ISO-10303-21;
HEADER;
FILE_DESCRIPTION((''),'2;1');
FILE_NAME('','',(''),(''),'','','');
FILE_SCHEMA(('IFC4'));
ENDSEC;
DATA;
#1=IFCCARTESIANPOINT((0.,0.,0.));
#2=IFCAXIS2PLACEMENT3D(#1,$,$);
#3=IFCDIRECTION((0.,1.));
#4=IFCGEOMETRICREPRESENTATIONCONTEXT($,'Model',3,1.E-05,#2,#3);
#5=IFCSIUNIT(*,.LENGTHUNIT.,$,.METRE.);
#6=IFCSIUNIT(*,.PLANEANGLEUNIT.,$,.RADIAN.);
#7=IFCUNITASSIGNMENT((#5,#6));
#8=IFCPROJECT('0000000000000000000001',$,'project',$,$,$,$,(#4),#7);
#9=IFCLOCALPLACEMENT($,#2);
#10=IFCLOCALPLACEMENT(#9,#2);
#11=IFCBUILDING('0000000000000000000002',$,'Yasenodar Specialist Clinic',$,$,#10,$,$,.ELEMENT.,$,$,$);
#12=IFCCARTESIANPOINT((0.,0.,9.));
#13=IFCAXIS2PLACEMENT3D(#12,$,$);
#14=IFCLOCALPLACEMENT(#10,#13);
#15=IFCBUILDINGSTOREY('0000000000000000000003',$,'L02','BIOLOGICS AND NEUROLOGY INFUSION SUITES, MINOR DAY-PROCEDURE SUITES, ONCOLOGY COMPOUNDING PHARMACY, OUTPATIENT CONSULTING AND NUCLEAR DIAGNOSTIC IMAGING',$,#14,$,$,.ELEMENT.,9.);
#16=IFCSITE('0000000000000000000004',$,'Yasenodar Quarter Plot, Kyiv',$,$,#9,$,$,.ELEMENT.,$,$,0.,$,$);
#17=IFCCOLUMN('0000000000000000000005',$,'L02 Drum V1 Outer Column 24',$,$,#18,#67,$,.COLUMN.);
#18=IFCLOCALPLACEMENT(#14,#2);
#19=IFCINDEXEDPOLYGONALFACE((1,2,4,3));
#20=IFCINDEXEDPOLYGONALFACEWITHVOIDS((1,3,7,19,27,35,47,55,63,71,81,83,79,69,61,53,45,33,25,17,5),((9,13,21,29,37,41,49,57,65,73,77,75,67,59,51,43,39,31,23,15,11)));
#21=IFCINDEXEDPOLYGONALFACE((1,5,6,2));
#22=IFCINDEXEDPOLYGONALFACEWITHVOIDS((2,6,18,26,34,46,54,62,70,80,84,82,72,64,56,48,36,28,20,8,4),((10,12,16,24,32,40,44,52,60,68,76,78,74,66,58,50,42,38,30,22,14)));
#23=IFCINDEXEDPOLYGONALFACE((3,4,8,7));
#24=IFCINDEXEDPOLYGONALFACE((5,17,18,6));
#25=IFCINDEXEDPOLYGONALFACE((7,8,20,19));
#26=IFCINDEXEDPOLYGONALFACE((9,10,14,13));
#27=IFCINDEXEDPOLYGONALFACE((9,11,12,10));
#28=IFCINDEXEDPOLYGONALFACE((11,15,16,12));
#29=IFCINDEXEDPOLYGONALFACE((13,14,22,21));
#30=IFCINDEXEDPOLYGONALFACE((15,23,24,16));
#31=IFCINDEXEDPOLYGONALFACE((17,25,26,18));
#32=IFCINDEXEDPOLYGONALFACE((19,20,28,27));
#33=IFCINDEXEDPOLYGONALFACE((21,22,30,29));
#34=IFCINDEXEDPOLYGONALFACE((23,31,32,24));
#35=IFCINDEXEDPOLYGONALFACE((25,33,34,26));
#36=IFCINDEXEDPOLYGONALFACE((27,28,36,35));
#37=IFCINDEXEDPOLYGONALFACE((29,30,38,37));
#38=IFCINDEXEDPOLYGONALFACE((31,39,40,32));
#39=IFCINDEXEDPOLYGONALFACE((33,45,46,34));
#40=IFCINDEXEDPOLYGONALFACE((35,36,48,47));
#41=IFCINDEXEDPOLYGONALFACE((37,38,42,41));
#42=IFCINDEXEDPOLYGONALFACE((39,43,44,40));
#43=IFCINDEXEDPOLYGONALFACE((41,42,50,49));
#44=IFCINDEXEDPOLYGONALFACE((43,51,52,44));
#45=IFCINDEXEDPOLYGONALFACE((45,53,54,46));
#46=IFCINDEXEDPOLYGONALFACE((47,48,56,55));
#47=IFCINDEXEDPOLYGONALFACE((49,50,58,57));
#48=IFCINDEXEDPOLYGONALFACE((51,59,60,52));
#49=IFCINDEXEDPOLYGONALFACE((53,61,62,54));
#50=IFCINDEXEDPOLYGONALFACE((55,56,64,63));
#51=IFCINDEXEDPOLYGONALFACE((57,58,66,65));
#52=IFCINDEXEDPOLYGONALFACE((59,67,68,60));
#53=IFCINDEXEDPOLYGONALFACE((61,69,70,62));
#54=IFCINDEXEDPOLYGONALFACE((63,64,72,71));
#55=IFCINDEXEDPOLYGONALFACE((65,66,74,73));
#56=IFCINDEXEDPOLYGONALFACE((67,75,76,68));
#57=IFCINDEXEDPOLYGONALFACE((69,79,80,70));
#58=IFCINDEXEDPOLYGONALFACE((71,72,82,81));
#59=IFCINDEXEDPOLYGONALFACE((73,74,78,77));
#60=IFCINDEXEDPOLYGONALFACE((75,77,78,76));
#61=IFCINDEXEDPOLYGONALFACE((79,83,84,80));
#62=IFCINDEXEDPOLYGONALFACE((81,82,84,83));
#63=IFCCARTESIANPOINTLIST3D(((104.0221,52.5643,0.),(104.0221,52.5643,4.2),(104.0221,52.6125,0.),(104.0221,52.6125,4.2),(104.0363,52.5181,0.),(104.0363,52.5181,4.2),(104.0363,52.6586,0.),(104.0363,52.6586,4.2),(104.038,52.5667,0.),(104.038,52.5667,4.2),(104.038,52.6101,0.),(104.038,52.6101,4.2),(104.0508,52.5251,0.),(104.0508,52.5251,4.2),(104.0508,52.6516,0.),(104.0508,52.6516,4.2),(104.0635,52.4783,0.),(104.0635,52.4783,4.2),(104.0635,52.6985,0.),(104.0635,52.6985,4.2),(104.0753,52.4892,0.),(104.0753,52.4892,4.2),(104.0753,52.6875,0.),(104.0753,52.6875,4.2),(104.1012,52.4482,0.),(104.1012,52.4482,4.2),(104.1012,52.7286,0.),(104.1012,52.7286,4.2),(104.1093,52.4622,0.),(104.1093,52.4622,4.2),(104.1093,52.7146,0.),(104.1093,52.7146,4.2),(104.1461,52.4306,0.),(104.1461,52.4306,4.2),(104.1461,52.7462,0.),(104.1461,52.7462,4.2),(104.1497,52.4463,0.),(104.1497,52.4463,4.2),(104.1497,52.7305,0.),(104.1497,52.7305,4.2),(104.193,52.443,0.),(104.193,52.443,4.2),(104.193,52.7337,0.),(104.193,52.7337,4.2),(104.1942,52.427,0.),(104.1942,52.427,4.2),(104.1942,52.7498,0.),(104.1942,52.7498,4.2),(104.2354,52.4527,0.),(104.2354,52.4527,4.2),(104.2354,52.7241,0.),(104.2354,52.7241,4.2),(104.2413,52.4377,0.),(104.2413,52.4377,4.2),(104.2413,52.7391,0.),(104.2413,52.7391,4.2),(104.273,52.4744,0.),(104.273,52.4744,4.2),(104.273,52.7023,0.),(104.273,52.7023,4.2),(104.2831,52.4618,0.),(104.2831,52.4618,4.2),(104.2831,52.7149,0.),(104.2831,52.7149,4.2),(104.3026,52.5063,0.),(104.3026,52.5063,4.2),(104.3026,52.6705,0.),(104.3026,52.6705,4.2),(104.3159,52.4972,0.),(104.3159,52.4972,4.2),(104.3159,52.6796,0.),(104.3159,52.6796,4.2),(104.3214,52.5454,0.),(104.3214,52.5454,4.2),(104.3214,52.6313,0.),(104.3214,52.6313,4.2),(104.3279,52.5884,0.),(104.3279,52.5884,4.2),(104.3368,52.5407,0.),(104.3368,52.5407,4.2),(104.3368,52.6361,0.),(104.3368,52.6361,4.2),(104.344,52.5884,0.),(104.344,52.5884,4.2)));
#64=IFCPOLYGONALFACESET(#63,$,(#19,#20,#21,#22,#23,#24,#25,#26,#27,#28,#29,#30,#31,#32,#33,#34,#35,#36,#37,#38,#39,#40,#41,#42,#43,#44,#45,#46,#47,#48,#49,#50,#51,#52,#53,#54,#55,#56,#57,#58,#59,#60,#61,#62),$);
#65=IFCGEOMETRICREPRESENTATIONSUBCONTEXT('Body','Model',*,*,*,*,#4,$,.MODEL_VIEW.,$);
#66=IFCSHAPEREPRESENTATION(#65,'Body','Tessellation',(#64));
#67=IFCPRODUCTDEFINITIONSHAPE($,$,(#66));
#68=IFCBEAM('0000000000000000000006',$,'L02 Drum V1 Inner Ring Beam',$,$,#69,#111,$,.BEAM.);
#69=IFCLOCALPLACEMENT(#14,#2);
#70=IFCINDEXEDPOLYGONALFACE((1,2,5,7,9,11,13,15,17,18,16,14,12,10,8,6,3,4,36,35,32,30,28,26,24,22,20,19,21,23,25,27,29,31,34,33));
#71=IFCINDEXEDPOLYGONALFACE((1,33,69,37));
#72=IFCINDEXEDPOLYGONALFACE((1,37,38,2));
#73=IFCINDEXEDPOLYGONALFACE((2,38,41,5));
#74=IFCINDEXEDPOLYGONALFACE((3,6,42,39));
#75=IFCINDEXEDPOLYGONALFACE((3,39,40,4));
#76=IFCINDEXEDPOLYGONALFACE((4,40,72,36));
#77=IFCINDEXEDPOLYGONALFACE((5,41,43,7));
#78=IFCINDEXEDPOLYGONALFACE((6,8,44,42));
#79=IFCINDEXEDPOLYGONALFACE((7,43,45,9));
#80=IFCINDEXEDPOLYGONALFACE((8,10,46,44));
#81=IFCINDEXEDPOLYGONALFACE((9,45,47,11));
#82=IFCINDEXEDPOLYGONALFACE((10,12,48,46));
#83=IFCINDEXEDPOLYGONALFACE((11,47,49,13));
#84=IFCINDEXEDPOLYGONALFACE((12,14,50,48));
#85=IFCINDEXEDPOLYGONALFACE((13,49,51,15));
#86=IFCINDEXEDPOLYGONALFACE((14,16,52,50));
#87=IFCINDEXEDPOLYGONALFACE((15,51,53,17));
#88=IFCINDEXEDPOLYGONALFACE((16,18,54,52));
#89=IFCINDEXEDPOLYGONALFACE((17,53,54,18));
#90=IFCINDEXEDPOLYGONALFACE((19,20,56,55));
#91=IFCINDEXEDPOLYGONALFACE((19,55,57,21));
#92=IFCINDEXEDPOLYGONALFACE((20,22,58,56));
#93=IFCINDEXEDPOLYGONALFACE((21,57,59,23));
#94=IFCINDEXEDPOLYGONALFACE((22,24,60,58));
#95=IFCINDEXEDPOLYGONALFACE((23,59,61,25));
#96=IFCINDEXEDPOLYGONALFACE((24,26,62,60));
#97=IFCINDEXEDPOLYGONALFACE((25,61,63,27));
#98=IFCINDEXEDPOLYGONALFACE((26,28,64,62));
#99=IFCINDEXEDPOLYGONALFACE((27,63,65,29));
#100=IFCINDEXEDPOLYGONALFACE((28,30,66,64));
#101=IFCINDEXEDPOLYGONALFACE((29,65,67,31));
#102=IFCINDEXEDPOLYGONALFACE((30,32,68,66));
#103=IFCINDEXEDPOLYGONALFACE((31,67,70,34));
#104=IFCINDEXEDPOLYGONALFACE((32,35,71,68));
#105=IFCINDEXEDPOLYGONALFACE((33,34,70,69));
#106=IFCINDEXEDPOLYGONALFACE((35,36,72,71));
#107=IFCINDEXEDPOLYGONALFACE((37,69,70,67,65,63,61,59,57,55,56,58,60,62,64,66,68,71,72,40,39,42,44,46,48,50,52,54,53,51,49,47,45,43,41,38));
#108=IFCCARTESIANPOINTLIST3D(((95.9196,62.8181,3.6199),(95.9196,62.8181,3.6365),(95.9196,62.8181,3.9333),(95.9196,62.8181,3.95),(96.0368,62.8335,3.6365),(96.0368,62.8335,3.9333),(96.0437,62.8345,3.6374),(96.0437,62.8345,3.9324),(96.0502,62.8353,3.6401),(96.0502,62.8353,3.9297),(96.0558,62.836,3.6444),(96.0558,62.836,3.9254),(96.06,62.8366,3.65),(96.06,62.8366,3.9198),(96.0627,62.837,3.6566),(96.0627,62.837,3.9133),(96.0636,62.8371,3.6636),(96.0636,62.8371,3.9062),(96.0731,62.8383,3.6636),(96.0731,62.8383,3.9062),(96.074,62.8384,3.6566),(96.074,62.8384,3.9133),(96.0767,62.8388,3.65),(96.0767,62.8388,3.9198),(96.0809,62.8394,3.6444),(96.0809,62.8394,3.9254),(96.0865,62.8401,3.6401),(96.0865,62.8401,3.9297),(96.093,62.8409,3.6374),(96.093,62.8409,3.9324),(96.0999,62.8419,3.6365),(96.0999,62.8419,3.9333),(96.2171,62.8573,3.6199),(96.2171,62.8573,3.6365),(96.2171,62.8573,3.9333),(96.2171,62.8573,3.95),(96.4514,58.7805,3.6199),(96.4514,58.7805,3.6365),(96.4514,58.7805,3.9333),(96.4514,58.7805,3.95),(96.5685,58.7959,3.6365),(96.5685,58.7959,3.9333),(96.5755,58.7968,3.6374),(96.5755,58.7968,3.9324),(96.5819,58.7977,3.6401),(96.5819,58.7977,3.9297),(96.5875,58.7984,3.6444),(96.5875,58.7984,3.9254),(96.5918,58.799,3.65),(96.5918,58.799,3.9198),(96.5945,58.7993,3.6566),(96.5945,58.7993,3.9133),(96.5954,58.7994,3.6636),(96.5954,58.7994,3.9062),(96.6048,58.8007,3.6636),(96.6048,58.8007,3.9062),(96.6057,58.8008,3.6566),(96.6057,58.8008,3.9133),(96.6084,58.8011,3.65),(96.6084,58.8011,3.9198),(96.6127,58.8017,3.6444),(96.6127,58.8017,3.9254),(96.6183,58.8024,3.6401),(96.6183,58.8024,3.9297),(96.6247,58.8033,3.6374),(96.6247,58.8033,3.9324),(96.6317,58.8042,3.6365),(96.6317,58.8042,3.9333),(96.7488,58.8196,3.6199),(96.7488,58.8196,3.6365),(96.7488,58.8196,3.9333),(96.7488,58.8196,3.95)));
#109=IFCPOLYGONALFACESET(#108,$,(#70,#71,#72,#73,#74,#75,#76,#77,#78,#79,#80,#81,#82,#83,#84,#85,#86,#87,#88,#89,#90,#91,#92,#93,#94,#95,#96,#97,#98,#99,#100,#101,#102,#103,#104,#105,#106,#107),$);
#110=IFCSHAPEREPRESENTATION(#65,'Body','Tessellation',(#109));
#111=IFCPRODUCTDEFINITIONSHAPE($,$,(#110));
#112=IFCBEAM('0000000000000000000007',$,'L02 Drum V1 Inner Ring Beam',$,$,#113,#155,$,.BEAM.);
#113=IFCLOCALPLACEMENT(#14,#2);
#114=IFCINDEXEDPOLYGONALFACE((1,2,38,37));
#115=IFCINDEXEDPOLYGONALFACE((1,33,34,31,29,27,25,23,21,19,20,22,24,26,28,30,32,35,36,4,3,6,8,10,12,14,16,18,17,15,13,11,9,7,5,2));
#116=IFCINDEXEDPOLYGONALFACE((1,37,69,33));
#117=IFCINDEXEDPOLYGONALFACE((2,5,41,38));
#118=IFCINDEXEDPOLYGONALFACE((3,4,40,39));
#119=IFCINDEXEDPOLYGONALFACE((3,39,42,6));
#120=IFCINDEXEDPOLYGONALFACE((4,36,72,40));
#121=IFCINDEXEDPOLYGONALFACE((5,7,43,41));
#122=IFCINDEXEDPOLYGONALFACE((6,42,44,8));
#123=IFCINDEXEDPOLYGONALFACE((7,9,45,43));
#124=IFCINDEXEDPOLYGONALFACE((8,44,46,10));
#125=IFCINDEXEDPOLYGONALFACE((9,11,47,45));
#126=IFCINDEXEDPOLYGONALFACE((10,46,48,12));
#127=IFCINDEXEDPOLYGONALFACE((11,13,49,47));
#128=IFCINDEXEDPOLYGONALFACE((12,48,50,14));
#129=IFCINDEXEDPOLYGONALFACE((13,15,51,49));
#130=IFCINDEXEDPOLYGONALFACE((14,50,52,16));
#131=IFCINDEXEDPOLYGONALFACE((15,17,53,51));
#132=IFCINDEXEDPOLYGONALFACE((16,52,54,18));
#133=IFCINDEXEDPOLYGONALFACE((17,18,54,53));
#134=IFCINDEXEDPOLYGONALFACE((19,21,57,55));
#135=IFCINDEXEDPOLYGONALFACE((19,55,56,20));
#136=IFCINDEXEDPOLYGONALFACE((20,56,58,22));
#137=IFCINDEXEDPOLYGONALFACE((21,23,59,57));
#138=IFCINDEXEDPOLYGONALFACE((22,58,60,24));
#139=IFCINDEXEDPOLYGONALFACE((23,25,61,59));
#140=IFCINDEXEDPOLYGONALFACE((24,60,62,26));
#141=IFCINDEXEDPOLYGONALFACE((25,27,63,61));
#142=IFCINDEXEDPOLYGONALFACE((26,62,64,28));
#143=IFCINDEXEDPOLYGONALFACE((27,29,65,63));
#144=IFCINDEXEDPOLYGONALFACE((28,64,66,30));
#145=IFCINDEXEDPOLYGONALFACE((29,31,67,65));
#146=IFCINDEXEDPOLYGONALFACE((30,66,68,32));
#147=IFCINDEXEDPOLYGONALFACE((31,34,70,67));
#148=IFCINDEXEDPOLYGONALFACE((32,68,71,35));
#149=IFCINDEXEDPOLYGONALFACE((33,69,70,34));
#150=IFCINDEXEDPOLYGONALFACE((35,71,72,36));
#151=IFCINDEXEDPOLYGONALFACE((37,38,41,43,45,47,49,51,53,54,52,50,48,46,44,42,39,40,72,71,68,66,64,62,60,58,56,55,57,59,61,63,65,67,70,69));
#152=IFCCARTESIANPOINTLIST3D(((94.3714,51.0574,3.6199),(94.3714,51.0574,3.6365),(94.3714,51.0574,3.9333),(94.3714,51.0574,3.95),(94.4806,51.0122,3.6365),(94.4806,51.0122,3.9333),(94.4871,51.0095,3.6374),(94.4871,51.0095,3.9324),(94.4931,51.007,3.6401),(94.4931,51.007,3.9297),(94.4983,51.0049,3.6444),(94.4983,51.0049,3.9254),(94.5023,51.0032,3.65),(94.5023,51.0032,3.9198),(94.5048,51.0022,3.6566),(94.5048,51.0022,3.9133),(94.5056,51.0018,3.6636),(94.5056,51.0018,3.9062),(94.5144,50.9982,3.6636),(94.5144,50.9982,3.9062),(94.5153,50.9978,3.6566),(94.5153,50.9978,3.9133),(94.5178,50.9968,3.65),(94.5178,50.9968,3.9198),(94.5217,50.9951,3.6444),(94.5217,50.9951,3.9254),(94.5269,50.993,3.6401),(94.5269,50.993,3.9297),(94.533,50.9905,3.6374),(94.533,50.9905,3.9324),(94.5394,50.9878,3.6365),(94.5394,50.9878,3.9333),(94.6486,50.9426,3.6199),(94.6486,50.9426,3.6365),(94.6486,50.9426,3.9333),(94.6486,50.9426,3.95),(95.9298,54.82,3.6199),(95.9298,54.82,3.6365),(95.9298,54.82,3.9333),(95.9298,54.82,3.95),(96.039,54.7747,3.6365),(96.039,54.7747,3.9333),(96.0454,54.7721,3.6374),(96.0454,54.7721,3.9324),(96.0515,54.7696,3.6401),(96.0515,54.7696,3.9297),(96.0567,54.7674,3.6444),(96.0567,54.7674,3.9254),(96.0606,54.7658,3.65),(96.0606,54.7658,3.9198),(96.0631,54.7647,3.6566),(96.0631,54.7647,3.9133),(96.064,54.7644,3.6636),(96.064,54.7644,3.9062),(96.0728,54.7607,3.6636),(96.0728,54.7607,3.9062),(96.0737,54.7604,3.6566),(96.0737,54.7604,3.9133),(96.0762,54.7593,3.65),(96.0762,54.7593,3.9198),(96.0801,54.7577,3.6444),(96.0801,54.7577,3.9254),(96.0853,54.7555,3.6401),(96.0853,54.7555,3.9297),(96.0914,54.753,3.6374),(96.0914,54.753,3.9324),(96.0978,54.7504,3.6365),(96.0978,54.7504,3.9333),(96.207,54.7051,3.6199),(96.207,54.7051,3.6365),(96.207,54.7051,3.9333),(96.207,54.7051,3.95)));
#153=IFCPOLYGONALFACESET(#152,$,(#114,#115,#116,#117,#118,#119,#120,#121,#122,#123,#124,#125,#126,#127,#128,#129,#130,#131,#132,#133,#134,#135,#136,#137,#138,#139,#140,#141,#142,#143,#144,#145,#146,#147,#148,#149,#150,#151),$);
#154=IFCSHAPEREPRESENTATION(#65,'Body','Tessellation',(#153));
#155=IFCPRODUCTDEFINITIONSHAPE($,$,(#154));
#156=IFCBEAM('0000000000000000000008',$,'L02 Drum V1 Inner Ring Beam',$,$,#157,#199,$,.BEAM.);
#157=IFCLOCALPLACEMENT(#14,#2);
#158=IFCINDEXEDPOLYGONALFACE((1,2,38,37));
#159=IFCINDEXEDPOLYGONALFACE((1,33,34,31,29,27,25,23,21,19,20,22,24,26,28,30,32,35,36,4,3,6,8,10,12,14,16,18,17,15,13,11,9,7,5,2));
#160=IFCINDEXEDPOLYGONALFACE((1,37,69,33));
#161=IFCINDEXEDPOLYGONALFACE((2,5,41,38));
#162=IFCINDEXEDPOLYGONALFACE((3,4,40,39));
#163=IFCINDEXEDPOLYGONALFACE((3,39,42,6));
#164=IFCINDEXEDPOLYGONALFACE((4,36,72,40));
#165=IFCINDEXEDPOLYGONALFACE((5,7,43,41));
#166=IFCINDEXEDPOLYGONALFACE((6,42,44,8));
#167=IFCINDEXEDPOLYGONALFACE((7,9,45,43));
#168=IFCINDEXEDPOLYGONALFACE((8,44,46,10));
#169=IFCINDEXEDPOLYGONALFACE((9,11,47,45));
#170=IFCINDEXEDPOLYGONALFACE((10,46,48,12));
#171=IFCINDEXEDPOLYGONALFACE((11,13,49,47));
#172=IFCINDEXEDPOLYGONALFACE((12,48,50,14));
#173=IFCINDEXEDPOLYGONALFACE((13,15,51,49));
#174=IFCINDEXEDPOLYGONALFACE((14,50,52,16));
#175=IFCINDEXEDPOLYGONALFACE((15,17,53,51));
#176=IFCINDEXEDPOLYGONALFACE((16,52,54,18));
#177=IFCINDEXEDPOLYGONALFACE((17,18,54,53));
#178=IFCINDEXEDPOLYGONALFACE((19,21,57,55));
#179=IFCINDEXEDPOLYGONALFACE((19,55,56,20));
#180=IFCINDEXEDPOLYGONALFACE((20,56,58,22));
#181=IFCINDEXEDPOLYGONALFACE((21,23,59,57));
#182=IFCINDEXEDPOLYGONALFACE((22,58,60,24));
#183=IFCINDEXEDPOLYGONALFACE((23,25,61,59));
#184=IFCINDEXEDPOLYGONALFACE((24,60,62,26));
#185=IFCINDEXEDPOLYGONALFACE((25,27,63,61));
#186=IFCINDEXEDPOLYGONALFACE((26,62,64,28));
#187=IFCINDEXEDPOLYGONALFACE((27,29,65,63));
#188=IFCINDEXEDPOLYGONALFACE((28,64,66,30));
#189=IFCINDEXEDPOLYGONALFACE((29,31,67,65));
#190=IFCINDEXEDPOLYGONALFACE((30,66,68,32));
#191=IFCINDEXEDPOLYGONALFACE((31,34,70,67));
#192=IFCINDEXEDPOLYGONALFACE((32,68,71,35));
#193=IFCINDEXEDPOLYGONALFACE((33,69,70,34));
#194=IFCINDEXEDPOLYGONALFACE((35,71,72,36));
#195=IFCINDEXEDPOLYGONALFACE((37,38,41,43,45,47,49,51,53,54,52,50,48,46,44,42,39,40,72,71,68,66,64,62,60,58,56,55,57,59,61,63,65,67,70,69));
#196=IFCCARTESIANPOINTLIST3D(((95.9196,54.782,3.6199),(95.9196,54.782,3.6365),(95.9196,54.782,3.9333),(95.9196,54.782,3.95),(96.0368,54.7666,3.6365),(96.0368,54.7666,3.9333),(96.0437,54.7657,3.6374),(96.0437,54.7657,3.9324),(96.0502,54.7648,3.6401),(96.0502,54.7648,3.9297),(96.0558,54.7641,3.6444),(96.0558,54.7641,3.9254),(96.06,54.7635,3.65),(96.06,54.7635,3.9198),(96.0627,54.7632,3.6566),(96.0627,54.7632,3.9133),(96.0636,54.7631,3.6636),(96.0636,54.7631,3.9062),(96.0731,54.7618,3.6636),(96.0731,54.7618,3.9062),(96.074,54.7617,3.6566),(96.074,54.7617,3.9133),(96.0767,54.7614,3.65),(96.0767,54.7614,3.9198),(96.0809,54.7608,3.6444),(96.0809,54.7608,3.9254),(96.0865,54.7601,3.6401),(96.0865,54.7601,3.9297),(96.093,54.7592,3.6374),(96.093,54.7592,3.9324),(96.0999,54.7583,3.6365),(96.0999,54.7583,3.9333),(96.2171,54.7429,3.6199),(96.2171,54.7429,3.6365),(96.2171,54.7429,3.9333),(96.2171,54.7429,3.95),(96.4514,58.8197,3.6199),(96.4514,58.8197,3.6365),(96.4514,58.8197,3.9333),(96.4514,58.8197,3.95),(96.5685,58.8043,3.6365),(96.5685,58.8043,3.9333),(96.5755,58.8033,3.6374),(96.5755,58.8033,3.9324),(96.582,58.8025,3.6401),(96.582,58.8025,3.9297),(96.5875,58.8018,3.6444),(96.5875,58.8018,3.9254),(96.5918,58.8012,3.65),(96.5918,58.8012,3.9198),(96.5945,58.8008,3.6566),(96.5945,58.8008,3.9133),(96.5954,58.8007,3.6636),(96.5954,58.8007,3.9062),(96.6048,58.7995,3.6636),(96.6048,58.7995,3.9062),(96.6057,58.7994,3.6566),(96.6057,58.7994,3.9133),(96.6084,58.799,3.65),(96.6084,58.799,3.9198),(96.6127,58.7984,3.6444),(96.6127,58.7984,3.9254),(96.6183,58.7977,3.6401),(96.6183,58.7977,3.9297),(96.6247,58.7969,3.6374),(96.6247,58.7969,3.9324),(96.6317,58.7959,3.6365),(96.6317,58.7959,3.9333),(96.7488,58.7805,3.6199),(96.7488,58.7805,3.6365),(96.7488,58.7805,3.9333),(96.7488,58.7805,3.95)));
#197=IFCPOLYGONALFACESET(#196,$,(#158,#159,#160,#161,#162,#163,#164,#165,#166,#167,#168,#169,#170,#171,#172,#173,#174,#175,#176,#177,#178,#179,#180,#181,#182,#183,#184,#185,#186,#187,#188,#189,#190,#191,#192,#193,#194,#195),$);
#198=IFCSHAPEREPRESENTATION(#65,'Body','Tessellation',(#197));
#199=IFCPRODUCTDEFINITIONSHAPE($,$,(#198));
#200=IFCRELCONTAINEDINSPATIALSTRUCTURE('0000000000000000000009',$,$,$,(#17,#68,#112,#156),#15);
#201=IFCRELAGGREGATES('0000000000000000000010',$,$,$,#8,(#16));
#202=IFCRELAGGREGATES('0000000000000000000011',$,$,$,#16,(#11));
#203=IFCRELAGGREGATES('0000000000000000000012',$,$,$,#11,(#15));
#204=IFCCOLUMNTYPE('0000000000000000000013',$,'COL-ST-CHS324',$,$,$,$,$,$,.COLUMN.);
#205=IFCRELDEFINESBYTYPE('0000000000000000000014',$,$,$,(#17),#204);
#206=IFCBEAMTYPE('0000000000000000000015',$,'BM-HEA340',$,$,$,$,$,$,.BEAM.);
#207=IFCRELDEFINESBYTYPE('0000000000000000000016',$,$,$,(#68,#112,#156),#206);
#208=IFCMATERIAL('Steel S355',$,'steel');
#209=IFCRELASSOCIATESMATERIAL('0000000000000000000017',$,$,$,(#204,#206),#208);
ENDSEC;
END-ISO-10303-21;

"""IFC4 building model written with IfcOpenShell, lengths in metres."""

from ifc_helpers import new_model, si_unit, direction, frame, origin, origin_2d, place, context, subcontext, project, spatial, hollow_circle, i_section, extrude, material, material_profile, profile_set, type_object, element, save


model = new_model("IFC4")

# Units and contexts
model_context = context("Model", 3, precision=1e-05, world=origin(), true_north=direction((0.0, 1.0)))
body_context = subcontext(model_context, "Body", "Model", "MODEL_VIEW")
ifc_project = project(units=[si_unit("LENGTHUNIT", "METRE"), si_unit("PLANEANGLEUNIT", "RADIAN")], contexts=[model_context])

# Site, building, storey
site_placement = place(None, origin())
site = spatial("IfcSite", under=ifc_project, at=site_placement, Name="Yasenodar Quarter Plot, Kyiv", CompositionType="ELEMENT", RefElevation=0.0)
building_placement = place(site_placement, origin())
building = spatial("IfcBuilding", under=site, at=building_placement, Name="Yasenodar Specialist Clinic", CompositionType="ELEMENT")
storey_placement = place(building_placement, frame((0.0, 0.0, 9.0)))
storey = spatial("IfcBuildingStorey", under=building, at=storey_placement, Name="L02", Description="BIOLOGICS AND NEUROLOGY INFUSION SUITES, MINOR DAY-PROCEDURE SUITES, ONCOLOGY COMPOUNDING PHARMACY, OUTPATIENT CONSULTING AND NUCLEAR DIAGNOSTIC IMAGING", CompositionType="ELEMENT", Elevation=9.0)

# Column
ifc_material_1 = material(Name="Steel S355", Category="steel")
ifc_material_profile_1 = material_profile(ifc_material_1, hollow_circle(Radius=0.1619, WallThickness=0.0161, at=origin_2d()), Name="CHS 323.9x16")
ifc_profile_set_1 = profile_set([ifc_material_profile_1], Name="Steel S355")
column_type_1 = type_object("IfcColumnType", Name="COL-ST-CHS324", PredefinedType="COLUMN", material=ifc_profile_set_1)
column_placement = place(storey_placement, frame((104.1821, 52.5884, 0.0), z_axis=(0.0, 0.0, 1.0), x_axis=(1.0, 0.0, 0.0)))
element("IfcColumn", 1, at=column_placement, inside=storey, type_object=column_type_1, Name="L02 Drum V1 Outer Column 24", PredefinedType="COLUMN", context=body_context, shape_type="SweptSolid", body=[
    extrude(hollow_circle(Radius=0.1619, WallThickness=0.0161, at=origin_2d()), origin(), (0.0, 0.0, 1.0), 4.2),
])

# Beams
ifc_material_profile_2 = material_profile(ifc_material_1, i_section(OverallWidth=0.3, OverallDepth=0.3301, WebThickness=0.0095, FlangeThickness=0.0166, FilletRadius=0.0271, at=origin_2d()), Name="HEA 340")
ifc_profile_set_2 = profile_set([ifc_material_profile_2], Name="Steel S355")
beam_type_1 = type_object("IfcBeamType", Name="BM-HEA340", PredefinedType="BEAM", material=ifc_profile_set_2)
for number, where, z_axis, x_axis, name in (
    (2, (96.6001, 58.8, 3.7849), (-0.130569, 0.991439, 0.0), (-0.991439, -0.130569, 0.0), "L02 Drum V1 Inner Ring Beam"),
    (3, (94.51, 51.0, 3.7849), (0.382661, 0.923889, 0.0), (-0.923889, 0.382661, 0.0), "L02 Drum V1 Inner Ring Beam"),
    (4, (96.0684, 54.7625, 3.7849), (0.130569, 0.991439, 0.0), (-0.991439, 0.130569, 0.0), "L02 Drum V1 Inner Ring Beam"),
):
    element("IfcBeam", number, at=place(storey_placement, frame(where, z_axis=z_axis, x_axis=x_axis)), inside=storey, type_object=beam_type_1, Name=name, PredefinedType="BEAM", context=body_context, shape_type="SweptSolid", body=[
        extrude(i_section(OverallWidth=0.3, OverallDepth=0.3301, WebThickness=0.0095, FlangeThickness=0.0166, FilletRadius=0.0271, at=origin_2d()), origin(), (0.0, 0.0, 1.0), 4.0725),
    ])

save(model, "model.ifc")
